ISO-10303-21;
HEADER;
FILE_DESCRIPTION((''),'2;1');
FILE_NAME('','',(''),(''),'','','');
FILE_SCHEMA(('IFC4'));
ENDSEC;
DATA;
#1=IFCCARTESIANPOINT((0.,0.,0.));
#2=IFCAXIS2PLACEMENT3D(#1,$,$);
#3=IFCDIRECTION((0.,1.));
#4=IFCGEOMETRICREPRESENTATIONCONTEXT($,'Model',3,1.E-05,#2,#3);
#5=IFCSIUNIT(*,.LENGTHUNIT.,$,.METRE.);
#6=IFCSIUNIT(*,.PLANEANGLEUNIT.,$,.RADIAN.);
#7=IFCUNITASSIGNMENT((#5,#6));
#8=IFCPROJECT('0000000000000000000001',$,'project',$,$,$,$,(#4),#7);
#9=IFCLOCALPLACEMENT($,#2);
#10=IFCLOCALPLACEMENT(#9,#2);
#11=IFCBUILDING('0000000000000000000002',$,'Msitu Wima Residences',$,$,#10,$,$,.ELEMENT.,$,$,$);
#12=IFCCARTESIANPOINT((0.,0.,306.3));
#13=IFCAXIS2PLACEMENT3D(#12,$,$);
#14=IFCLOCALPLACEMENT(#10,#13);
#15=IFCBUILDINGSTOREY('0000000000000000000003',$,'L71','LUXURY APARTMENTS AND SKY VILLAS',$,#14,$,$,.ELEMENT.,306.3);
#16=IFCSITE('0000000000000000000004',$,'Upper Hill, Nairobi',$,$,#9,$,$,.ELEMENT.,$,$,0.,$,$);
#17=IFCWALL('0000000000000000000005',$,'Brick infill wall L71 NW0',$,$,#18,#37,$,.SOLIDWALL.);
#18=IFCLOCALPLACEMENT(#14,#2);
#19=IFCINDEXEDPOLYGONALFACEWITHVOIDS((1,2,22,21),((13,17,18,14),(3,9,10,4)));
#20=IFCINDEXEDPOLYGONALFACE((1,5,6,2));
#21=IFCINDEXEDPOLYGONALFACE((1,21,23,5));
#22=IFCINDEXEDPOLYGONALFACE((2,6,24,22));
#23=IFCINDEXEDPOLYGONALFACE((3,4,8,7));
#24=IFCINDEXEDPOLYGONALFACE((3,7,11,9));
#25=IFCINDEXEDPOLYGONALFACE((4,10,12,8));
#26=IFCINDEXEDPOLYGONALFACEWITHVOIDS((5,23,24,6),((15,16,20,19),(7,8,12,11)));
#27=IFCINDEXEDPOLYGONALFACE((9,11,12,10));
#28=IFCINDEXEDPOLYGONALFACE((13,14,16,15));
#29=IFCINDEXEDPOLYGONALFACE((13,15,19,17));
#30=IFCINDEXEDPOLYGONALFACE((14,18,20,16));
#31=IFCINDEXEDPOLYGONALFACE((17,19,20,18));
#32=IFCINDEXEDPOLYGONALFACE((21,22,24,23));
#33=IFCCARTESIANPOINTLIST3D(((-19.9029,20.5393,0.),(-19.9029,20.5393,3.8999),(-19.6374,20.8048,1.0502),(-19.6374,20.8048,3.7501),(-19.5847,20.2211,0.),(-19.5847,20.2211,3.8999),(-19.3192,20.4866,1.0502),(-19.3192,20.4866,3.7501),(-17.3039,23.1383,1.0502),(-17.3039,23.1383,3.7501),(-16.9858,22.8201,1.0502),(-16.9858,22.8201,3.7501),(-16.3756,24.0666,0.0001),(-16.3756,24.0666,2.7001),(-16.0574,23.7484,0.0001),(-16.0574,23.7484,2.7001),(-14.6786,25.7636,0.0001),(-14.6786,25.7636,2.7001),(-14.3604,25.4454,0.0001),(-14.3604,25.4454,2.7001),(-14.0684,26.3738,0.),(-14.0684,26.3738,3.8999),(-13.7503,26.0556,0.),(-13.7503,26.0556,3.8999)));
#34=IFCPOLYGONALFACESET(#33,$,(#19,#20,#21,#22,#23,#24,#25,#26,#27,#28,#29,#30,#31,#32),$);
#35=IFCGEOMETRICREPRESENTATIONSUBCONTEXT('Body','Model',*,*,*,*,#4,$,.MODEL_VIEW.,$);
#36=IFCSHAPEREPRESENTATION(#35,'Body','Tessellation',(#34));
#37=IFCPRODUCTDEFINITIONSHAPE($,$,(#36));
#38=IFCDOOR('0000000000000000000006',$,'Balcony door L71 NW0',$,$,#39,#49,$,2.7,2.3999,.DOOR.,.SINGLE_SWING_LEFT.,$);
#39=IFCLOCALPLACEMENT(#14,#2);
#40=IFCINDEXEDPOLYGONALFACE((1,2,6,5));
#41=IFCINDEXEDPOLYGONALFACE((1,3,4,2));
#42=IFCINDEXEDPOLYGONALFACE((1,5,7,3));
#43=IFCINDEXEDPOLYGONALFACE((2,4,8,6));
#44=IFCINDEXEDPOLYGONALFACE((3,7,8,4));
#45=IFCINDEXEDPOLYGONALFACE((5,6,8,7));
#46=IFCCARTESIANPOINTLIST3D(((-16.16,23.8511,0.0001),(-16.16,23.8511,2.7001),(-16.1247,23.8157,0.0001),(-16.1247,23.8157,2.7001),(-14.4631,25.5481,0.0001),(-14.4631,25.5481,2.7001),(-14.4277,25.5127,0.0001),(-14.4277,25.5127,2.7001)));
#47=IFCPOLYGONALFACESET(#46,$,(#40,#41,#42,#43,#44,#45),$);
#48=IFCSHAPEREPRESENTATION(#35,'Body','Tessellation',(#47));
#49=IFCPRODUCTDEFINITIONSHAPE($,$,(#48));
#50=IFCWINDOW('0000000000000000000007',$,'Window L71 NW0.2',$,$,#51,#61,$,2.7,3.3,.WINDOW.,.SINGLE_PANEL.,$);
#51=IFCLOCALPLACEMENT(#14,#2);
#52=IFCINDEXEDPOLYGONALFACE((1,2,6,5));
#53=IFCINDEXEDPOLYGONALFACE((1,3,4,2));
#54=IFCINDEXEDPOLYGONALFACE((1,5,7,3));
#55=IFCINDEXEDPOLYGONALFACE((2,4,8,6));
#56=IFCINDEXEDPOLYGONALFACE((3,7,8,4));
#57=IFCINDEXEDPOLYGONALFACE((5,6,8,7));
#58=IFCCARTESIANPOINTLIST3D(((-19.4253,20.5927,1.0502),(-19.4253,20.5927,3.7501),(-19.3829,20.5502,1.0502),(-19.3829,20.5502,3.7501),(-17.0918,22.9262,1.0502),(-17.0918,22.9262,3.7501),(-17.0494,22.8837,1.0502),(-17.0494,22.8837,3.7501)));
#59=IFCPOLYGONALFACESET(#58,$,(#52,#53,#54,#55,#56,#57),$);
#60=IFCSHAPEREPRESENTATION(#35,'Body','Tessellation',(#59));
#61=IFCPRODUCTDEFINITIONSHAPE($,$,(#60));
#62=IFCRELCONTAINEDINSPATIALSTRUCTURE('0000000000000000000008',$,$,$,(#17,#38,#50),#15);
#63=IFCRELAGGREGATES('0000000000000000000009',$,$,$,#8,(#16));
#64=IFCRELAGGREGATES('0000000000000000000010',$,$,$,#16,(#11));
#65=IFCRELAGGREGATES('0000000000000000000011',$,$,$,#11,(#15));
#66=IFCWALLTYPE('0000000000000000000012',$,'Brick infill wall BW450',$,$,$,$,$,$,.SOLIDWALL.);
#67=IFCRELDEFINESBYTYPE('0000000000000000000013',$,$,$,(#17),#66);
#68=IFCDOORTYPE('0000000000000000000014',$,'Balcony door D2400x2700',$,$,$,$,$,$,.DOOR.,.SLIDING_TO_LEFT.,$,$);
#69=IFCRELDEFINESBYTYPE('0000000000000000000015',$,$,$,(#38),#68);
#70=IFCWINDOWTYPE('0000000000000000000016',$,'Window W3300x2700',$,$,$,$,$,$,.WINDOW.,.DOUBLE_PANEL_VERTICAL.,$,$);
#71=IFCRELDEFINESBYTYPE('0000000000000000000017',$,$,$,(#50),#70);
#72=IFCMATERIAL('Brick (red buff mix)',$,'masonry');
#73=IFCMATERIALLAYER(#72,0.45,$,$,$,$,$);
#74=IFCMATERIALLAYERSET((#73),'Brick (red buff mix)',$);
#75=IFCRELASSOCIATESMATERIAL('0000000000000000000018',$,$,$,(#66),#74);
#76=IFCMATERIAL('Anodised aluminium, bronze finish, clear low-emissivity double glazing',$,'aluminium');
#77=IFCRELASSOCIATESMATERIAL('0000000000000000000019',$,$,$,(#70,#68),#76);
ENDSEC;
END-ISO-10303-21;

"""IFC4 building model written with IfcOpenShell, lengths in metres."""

from ifc_helpers import new_model, si_unit, direction, frame, frame_2d, origin, place, context, subcontext, project, spatial, rectangle, extrude, material, layer, layer_set, type_object, element, fill, save


model = new_model("IFC4")

# Units and contexts
model_context = context("Model", 3, precision=1e-05, world=origin(), true_north=direction((0.0, 1.0)))
body_context = subcontext(model_context, "Body", "Model", "MODEL_VIEW")
ifc_project = project(units=[si_unit("LENGTHUNIT", "METRE"), si_unit("PLANEANGLEUNIT", "RADIAN")], contexts=[model_context])

# Site, building, storey
site_placement = place(None, origin())
site = spatial("IfcSite", under=ifc_project, at=site_placement, Name="Upper Hill, Nairobi", CompositionType="ELEMENT", RefElevation=0.0)
building_placement = place(site_placement, origin())
building = spatial("IfcBuilding", under=site, at=building_placement, Name="Msitu Wima Residences", CompositionType="ELEMENT")
storey_placement = place(building_placement, frame((0.0, 0.0, 306.3)))
storey = spatial("IfcBuildingStorey", under=building, at=storey_placement, Name="L71", Description="LUXURY APARTMENTS AND SKY VILLAS", CompositionType="ELEMENT", Elevation=306.3)

# Shared definitions
ifc_material_1 = material(Name="Brick (red buff mix)", Category="masonry")
ifc_layer_1 = layer(ifc_material_1, 0.45)
ifc_layer_set_1 = layer_set([ifc_layer_1], Name="Brick (red buff mix)")
wall_type_1 = type_object("IfcWallType", Name="Brick infill wall BW450", PredefinedType="SOLIDWALL", material=ifc_layer_set_1)
ifc_material_2 = material(Name="Anodised aluminium, bronze finish, clear low-emissivity double glazing", Category="aluminium")
window_type = type_object("IfcWindowType", Name="Window W3300x2700", PartitioningType="DOUBLE_PANEL_VERTICAL", PredefinedType="WINDOW", material=ifc_material_2)

# Wall, openings, door, window
wall_1_placement = place(storey_placement, frame((-13.9094, 26.2146, 0.0), z_axis=(0.0, 0.0, 1.0), x_axis=(-0.707107, -0.707107, 0.0)))
wall_1 = element("IfcWall", 1, at=wall_1_placement, inside=storey, type_object=wall_type_1, Name="Brick infill wall L71 NW0", PredefinedType="SOLIDWALL", context=body_context, shape_type="SweptSolid", body=[
    extrude(rectangle(XDim=8.2512, YDim=0.45, at=frame_2d((4.1255, 0.0))), origin(), (0.0, 0.0, 1.0), 3.8999),
])
opening_1_placement = place(wall_1_placement, frame((0.8628, 0.0, 0.0)))
opening_1 = element("IfcOpeningElement", 2, at=opening_1_placement, cuts=wall_1, PredefinedType="OPENING", context=body_context, shape_type="SweptSolid", body=[
    extrude(rectangle(XDim=2.3999, YDim=2.7, at=frame_2d((1.2, 1.3501))), frame((0.0, 0.2349, 0.0), z_axis=(0.0, -1.0, 0.0), x_axis=(1.0, 0.0, 0.0)), (0.0, 0.0, 1.0), 0.47),
])
opening_2_placement = place(wall_1_placement, frame((4.5757, 0.0, 1.05)))
opening_2 = element("IfcOpeningElement", 3, at=opening_2_placement, cuts=wall_1, PredefinedType="OPENING", context=body_context, shape_type="SweptSolid", body=[
    extrude(rectangle(XDim=3.3, YDim=2.7, at=frame_2d((1.6499, 1.3501))), frame((0.0, 0.2349, 0.0), z_axis=(0.0, -1.0, 0.0), x_axis=(1.0, 0.0, 0.0)), (0.0, 0.0, 1.0), 0.47),
])
door_type = type_object("IfcDoorType", Name="Balcony door D2400x2700", OperationType="SLIDING_TO_LEFT", PredefinedType="DOOR", material=ifc_material_2)
door_placement = place(opening_1_placement, origin())
door = element("IfcDoor", 4, at=door_placement, inside=storey, type_object=door_type, Name="Balcony door L71 NW0", OperationType="SINGLE_SWING_LEFT", OverallHeight=2.7, OverallWidth=2.3999, PredefinedType="DOOR", context=body_context, shape_type="SweptSolid", body=[
    extrude(rectangle(XDim=2.3999, YDim=2.7, at=frame_2d((1.2, 1.3501))), frame((0.0, 0.1299, 0.0), z_axis=(0.0, -1.0, 0.0), x_axis=(1.0, 0.0, 0.0)), (0.0, 0.0, 1.0), 0.05),
])
fill(opening_1, door)
window_1_placement = place(opening_2_placement, origin())
window_1 = element("IfcWindow", 5, at=window_1_placement, inside=storey, type_object=window_type, Name="Window L71 NW0.2", OverallHeight=2.7, OverallWidth=3.3, PartitioningType="SINGLE_PANEL", PredefinedType="WINDOW", context=body_context, shape_type="SweptSolid", body=[
    extrude(rectangle(XDim=3.3, YDim=2.7, at=frame_2d((1.6499, 1.3501))), frame((0.0, 0.135, 0.0), z_axis=(0.0, -1.0, 0.0), x_axis=(1.0, 0.0, 0.0)), (0.0, 0.0, 1.0), 0.0601),
])
fill(opening_2, window_1)

save(model, "model.ifc")
